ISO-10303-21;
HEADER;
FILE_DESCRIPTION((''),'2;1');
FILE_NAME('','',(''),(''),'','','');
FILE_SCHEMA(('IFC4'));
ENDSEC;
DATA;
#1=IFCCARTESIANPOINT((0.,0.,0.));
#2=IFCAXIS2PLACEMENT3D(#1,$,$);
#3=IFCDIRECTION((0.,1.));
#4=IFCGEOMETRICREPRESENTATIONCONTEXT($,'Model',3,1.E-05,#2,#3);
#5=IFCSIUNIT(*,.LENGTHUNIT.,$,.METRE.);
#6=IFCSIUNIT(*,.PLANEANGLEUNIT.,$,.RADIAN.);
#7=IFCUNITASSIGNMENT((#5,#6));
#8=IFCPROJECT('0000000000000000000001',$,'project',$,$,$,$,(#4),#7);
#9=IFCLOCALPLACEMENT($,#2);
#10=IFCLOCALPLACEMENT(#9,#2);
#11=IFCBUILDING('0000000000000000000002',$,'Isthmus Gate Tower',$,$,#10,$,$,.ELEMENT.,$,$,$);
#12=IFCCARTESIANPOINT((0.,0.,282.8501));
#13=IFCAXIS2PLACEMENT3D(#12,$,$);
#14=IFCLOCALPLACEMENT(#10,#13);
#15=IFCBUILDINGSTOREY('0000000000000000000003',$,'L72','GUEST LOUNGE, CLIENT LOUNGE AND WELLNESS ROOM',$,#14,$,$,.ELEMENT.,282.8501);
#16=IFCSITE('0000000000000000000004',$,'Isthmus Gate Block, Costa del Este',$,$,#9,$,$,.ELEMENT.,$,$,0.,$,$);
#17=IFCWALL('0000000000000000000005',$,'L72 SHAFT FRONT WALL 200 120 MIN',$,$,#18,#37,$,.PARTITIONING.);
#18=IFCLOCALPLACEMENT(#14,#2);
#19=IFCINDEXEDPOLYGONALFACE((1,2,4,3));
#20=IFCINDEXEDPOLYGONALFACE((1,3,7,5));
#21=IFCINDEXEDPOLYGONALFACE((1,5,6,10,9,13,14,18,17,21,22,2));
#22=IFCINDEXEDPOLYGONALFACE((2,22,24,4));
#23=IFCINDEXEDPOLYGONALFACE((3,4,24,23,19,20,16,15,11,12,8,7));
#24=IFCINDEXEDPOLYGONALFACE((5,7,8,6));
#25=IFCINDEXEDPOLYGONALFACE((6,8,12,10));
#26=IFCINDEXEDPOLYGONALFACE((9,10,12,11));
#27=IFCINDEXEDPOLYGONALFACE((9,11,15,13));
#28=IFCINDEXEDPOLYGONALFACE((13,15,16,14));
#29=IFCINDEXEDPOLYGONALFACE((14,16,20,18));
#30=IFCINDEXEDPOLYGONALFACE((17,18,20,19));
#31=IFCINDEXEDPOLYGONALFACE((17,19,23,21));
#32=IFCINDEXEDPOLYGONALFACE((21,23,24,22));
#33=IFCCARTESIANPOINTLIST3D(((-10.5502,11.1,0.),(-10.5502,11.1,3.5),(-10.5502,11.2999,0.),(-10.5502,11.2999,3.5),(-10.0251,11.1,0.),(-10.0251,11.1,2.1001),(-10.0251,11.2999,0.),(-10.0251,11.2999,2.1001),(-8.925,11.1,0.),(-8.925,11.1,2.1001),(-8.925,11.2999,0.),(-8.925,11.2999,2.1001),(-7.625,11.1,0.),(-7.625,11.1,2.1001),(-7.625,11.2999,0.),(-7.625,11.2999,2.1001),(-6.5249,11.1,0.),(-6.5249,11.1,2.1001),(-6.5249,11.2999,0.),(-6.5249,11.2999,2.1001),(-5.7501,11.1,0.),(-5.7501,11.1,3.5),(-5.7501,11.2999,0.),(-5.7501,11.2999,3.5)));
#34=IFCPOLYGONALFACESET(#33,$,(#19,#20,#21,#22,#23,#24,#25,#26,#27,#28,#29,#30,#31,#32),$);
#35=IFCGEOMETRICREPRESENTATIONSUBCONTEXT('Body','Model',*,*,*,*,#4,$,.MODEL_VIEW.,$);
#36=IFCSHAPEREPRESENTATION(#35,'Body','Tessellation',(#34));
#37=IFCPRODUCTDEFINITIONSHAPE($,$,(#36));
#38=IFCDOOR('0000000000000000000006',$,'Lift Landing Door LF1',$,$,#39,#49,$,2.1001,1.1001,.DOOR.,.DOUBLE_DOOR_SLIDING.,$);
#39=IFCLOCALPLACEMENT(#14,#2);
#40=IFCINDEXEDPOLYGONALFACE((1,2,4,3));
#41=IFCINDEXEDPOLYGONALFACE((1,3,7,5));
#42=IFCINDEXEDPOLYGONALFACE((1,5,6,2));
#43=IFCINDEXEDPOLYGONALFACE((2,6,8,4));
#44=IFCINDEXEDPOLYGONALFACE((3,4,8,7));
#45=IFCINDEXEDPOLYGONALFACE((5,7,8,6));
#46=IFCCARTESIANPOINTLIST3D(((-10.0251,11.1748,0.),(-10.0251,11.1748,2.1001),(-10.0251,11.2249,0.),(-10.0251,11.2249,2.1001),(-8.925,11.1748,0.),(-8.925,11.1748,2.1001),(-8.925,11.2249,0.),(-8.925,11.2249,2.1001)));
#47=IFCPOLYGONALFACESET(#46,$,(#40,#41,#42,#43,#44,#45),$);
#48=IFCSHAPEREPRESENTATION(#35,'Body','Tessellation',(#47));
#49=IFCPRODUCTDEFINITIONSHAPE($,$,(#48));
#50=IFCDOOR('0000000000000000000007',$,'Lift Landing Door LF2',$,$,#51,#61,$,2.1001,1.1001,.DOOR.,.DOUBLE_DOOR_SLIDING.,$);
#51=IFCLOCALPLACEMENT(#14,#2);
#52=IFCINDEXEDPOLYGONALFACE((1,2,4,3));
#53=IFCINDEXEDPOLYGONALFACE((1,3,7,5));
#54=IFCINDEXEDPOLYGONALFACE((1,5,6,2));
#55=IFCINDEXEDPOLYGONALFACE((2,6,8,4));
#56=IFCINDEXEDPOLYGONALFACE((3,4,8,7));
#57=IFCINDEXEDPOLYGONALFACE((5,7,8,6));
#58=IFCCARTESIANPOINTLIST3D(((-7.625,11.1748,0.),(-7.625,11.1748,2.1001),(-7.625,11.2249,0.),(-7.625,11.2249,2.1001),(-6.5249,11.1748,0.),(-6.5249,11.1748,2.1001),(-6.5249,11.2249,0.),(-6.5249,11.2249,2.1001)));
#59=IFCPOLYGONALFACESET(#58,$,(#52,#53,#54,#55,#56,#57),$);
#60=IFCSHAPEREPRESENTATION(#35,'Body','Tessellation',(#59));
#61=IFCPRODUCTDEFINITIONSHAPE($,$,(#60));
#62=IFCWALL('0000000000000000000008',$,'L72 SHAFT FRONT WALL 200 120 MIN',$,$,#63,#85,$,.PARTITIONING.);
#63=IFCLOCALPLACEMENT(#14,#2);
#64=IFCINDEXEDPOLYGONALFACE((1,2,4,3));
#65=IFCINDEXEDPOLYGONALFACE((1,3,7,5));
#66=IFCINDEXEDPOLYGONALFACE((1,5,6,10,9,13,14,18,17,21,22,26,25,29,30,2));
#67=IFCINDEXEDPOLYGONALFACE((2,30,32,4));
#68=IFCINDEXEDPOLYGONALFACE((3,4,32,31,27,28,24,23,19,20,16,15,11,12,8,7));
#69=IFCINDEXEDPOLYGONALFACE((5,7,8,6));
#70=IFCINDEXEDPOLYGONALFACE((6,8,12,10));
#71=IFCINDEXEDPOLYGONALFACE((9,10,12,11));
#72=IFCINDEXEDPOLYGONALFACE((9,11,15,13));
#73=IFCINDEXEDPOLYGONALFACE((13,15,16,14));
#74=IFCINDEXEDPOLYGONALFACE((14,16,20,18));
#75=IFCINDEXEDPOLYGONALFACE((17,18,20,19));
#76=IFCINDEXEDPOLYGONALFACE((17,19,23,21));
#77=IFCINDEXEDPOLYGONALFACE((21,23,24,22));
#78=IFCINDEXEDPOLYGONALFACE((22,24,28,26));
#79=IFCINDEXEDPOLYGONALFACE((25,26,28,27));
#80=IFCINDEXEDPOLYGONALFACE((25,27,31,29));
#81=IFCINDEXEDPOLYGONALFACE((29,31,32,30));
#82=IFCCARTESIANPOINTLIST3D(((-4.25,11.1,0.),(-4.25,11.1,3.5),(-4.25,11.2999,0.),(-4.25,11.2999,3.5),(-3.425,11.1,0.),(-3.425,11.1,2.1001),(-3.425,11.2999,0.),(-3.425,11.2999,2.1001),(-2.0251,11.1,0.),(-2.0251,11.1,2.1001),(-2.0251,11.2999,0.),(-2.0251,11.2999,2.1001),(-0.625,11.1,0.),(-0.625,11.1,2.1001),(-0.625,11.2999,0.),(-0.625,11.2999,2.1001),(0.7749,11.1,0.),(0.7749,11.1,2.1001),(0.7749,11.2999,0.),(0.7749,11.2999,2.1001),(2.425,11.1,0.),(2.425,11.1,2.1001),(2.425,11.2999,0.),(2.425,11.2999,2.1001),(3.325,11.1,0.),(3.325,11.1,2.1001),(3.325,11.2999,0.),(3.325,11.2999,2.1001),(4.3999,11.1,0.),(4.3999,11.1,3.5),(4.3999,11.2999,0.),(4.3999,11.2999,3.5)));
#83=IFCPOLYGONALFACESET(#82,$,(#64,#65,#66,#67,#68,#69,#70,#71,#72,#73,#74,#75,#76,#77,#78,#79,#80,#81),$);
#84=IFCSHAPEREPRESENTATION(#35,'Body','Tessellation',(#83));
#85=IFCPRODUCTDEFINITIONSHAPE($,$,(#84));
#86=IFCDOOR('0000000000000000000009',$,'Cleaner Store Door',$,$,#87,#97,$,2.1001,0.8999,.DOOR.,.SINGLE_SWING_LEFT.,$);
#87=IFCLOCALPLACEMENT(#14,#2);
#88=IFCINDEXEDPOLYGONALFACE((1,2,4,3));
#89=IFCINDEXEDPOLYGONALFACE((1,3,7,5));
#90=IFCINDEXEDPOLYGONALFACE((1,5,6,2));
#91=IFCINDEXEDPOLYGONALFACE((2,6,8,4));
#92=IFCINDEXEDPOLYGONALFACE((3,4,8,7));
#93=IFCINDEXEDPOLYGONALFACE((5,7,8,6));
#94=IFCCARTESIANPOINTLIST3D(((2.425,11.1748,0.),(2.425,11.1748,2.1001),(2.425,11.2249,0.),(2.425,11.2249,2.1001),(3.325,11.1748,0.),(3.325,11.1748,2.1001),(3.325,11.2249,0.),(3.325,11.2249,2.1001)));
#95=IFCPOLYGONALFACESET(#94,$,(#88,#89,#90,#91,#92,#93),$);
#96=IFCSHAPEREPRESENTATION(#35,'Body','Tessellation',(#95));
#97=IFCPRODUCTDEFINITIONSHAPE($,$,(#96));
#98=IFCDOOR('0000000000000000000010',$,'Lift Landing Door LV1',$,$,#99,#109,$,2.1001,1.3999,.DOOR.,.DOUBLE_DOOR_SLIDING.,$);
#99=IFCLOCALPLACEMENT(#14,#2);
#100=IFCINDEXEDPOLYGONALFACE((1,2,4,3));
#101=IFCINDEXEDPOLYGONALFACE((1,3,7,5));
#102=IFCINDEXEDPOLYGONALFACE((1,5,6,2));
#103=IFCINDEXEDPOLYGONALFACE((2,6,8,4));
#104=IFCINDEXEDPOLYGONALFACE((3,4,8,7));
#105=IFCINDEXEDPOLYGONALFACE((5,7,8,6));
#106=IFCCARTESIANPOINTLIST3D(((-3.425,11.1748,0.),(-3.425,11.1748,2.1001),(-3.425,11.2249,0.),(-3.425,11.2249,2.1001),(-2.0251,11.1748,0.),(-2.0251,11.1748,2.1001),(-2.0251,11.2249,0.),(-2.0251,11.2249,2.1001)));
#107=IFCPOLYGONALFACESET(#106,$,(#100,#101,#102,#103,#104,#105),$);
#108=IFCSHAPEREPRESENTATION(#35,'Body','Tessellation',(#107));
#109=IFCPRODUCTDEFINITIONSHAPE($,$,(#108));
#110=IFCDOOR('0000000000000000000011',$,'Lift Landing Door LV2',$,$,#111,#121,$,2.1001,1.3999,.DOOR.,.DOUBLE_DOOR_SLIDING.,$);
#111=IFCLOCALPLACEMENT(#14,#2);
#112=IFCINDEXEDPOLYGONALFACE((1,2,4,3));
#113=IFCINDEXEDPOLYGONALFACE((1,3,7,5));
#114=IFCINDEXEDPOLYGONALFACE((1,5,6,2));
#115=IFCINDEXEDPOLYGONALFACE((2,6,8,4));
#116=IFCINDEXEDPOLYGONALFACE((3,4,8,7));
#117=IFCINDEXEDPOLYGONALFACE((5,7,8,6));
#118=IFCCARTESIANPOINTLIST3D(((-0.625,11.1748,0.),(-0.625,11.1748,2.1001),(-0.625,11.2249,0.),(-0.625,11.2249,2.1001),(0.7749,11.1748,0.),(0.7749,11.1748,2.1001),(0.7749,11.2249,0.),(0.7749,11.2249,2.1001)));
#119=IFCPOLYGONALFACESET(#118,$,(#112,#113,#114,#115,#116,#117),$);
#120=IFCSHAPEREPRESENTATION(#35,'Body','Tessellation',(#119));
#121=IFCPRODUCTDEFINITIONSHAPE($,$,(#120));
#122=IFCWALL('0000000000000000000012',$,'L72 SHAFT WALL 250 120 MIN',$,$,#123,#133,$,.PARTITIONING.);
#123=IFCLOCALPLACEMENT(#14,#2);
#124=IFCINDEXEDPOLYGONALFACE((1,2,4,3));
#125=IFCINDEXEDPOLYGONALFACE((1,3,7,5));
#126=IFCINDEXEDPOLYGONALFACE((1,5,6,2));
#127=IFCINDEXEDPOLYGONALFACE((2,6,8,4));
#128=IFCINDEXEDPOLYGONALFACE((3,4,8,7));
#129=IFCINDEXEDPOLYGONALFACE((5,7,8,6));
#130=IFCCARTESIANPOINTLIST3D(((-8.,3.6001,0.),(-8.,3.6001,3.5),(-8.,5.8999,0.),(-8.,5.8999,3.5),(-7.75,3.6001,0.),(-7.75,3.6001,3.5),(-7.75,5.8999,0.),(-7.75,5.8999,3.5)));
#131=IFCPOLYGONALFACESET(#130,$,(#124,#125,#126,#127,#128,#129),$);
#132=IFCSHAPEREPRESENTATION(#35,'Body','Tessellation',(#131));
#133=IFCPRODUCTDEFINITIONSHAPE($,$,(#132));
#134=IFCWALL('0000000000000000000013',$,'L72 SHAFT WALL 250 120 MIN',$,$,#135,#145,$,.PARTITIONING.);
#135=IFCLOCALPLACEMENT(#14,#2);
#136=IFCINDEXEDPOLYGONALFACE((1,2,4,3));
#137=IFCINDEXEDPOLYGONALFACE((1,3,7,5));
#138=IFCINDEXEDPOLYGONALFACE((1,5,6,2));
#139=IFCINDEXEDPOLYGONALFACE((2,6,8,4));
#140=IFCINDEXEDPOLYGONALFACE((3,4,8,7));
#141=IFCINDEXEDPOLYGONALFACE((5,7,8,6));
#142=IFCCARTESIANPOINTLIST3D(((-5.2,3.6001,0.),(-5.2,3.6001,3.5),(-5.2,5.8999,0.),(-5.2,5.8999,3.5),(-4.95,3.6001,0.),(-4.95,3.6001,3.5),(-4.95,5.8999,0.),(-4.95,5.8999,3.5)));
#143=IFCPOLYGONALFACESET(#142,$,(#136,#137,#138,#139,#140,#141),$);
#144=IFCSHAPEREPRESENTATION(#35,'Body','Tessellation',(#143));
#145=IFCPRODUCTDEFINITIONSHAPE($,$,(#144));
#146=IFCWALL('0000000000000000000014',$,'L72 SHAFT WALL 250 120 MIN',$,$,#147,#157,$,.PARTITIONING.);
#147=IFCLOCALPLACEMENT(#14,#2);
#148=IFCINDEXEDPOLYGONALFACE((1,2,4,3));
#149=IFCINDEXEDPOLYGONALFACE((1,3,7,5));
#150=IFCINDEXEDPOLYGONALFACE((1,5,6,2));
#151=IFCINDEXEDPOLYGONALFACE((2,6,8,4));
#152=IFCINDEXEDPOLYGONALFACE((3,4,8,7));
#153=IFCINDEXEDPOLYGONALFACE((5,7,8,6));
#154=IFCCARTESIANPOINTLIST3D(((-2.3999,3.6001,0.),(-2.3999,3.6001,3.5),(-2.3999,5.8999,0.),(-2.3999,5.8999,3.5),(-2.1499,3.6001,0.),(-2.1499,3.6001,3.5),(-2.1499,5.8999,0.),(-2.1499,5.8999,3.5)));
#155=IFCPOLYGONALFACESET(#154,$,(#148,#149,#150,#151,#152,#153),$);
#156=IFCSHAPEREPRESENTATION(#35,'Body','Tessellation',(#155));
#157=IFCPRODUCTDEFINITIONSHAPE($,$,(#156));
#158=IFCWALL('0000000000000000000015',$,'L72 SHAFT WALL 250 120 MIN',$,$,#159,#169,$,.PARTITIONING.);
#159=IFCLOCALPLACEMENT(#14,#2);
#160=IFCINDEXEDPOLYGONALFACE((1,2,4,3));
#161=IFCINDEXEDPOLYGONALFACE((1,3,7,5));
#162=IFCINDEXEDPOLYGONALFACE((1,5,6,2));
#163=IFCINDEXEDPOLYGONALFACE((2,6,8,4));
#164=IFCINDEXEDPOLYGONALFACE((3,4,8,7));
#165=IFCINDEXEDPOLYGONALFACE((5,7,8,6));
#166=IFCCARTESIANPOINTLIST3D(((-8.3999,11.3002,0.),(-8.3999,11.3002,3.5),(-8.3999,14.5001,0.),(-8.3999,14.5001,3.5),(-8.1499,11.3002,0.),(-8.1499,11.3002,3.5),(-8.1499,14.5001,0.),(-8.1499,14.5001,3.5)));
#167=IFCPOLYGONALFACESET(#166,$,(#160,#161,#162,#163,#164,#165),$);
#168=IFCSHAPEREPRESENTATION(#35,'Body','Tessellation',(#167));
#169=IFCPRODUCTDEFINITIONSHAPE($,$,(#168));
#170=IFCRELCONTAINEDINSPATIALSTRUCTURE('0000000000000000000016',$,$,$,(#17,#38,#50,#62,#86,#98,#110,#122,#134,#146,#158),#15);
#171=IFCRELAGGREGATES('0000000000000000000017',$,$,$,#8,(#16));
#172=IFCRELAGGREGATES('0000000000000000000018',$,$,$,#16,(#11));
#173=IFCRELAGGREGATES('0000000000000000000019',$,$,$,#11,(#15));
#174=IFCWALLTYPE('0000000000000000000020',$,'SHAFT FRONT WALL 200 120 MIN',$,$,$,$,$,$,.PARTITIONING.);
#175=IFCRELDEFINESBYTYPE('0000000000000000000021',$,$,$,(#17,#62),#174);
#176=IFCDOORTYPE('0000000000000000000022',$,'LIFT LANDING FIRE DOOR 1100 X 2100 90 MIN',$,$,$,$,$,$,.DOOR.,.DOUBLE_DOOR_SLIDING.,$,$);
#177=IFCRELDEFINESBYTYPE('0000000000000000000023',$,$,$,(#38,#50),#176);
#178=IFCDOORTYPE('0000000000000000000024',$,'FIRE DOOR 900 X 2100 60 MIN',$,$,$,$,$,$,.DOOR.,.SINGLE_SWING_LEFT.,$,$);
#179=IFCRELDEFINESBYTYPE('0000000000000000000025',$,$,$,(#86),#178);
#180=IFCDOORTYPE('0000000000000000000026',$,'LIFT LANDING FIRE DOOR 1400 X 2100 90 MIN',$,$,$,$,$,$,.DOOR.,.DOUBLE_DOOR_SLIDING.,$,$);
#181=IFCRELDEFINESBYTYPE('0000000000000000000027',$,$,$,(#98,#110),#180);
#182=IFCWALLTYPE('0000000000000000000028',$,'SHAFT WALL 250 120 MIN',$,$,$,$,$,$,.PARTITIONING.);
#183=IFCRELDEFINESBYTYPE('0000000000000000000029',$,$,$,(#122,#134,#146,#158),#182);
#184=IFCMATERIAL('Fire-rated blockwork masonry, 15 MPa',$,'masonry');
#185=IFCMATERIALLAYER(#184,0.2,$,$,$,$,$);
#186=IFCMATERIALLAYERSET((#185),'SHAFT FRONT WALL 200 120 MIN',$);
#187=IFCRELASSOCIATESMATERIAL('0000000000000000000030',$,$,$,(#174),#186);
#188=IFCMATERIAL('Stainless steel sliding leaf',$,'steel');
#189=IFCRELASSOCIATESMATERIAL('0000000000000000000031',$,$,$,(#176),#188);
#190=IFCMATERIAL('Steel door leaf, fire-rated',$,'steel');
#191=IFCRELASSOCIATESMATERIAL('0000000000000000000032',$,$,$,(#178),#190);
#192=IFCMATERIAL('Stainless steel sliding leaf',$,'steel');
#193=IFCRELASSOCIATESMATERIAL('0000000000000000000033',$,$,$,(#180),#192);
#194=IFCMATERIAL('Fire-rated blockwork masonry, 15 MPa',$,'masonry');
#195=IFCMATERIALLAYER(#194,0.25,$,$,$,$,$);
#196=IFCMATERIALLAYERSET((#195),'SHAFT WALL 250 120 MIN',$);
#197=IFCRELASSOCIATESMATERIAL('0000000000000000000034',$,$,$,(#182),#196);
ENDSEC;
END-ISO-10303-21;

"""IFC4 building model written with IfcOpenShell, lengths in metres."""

from ifc_helpers import new_model, si_unit, direction, frame, frame_2d, origin, place, context, subcontext, project, spatial, rectangle, extrude, material, layer, layer_set, type_object, element, fill, save


model = new_model("IFC4")

# Units and contexts
model_context = context("Model", 3, precision=1e-05, world=origin(), true_north=direction((0.0, 1.0)))
body_context = subcontext(model_context, "Body", "Model", "MODEL_VIEW")
ifc_project = project(units=[si_unit("LENGTHUNIT", "METRE"), si_unit("PLANEANGLEUNIT", "RADIAN")], contexts=[model_context])

# Site, building, storey
site_placement = place(None, origin())
site = spatial("IfcSite", under=ifc_project, at=site_placement, Name="Isthmus Gate Block, Costa del Este", CompositionType="ELEMENT", RefElevation=0.0)
building_placement = place(site_placement, origin())
building = spatial("IfcBuilding", under=site, at=building_placement, Name="Isthmus Gate Tower", CompositionType="ELEMENT")
storey_placement = place(building_placement, frame((0.0, 0.0, 282.8501)))
storey = spatial("IfcBuildingStorey", under=building, at=storey_placement, Name="L72", Description="GUEST LOUNGE, CLIENT LOUNGE AND WELLNESS ROOM", CompositionType="ELEMENT", Elevation=282.8501)

# Walls, openings, doors
ifc_material_1 = material(Name="Fire-rated blockwork masonry, 15 MPa", Category="masonry")
ifc_layer_1 = layer(ifc_material_1, 0.2)
ifc_layer_set_1 = layer_set([ifc_layer_1], Name="SHAFT FRONT WALL 200 120 MIN")
wall_type_1 = type_object("IfcWallType", Name="SHAFT FRONT WALL 200 120 MIN", PredefinedType="PARTITIONING", material=ifc_layer_set_1)
wall_1_placement = place(storey_placement, frame((-10.55, 11.2, 0.0), z_axis=(0.0, 0.0, 1.0), x_axis=(1.0, 0.0, 0.0)))
wall_1 = element("IfcWall", 1, at=wall_1_placement, inside=storey, type_object=wall_type_1, Name="L72 SHAFT FRONT WALL 200 120 MIN", PredefinedType="PARTITIONING", context=body_context, shape_type="SweptSolid", body=[
    extrude(rectangle(XDim=4.8, YDim=0.2, at=frame_2d((2.3999, 0.0))), origin(), (0.0, 0.0, 1.0), 3.5),
])
opening_1_placement = place(wall_1_placement, frame((0.5249, 0.0, 0.0)))
opening_1 = element("IfcOpeningElement", 2, at=opening_1_placement, cuts=wall_1, PredefinedType="OPENING", context=body_context, shape_type="SweptSolid", body=[
    extrude(rectangle(XDim=1.1001, YDim=2.1001, at=frame_2d((0.55, 1.05))), frame((0.0, 0.1099, 0.0), z_axis=(0.0, -1.0, 0.0), x_axis=(1.0, 0.0, 0.0)), (0.0, 0.0, 1.0), 0.22),
])
opening_2_placement = place(wall_1_placement, frame((2.925, 0.0, 0.0)))
opening_2 = element("IfcOpeningElement", 3, at=opening_2_placement, cuts=wall_1, PredefinedType="OPENING", context=body_context, shape_type="SweptSolid", body=[
    extrude(rectangle(XDim=1.1001, YDim=2.1001, at=frame_2d((0.55, 1.05))), frame((0.0, 0.1099, 0.0), z_axis=(0.0, -1.0, 0.0), x_axis=(1.0, 0.0, 0.0)), (0.0, 0.0, 1.0), 0.22),
])
ifc_material_2 = material(Name="Stainless steel sliding leaf", Category="steel")
door_type_1 = type_object("IfcDoorType", Name="LIFT LANDING FIRE DOOR 1100 X 2100 90 MIN", OperationType="DOUBLE_DOOR_SLIDING", PredefinedType="DOOR", material=ifc_material_2)
door_1_placement = place(opening_1_placement, origin())
door_1 = element("IfcDoor", 4, at=door_1_placement, inside=storey, type_object=door_type_1, Name="Lift Landing Door LF1", OperationType="DOUBLE_DOOR_SLIDING", OverallHeight=2.1001, OverallWidth=1.1001, PredefinedType="DOOR", context=body_context, shape_type="SweptSolid", body=[
    extrude(rectangle(XDim=1.1001, YDim=2.1001, at=frame_2d((0.55, 1.05))), frame((0.0, 0.0249, 0.0), z_axis=(0.0, -1.0, 0.0), x_axis=(1.0, 0.0, 0.0)), (0.0, 0.0, 1.0), 0.05),
])
fill(opening_1, door_1)
door_2_placement = place(opening_2_placement, origin())
door_2 = element("IfcDoor", 5, at=door_2_placement, inside=storey, type_object=door_type_1, Name="Lift Landing Door LF2", OperationType="DOUBLE_DOOR_SLIDING", OverallHeight=2.1001, OverallWidth=1.1001, PredefinedType="DOOR", context=body_context, shape_type="SweptSolid", body=[
    extrude(rectangle(XDim=1.1001, YDim=2.1001, at=frame_2d((0.55, 1.05))), frame((0.0, 0.0249, 0.0), z_axis=(0.0, -1.0, 0.0), x_axis=(1.0, 0.0, 0.0)), (0.0, 0.0, 1.0), 0.05),
])
fill(opening_2, door_2)
wall_2_placement = place(storey_placement, frame((-4.25, 11.2, 0.0), z_axis=(0.0, 0.0, 1.0), x_axis=(1.0, 0.0, 0.0)))
wall_2 = element("IfcWall", 6, at=wall_2_placement, inside=storey, type_object=wall_type_1, Name="L72 SHAFT FRONT WALL 200 120 MIN", PredefinedType="PARTITIONING", context=body_context, shape_type="SweptSolid", body=[
    extrude(rectangle(XDim=8.6499, YDim=0.2, at=frame_2d((4.325, 0.0))), origin(), (0.0, 0.0, 1.0), 3.5),
])
opening_3_placement = place(wall_2_placement, frame((0.825, 0.0, 0.0)))
opening_3 = element("IfcOpeningElement", 7, at=opening_3_placement, cuts=wall_2, PredefinedType="OPENING", context=body_context, shape_type="SweptSolid", body=[
    extrude(rectangle(XDim=1.3999, YDim=2.1001, at=frame_2d((0.7, 1.05))), frame((0.0, 0.1099, 0.0), z_axis=(0.0, -1.0, 0.0), x_axis=(1.0, 0.0, 0.0)), (0.0, 0.0, 1.0), 0.22),
])
opening_4_placement = place(wall_2_placement, frame((3.625, 0.0, 0.0)))
opening_4 = element("IfcOpeningElement", 8, at=opening_4_placement, cuts=wall_2, PredefinedType="OPENING", context=body_context, shape_type="SweptSolid", body=[
    extrude(rectangle(XDim=1.3999, YDim=2.1001, at=frame_2d((0.7, 1.05))), frame((0.0, 0.1099, 0.0), z_axis=(0.0, -1.0, 0.0), x_axis=(1.0, 0.0, 0.0)), (0.0, 0.0, 1.0), 0.22),
])
opening_5_placement = place(wall_2_placement, frame((6.675, 0.0, 0.0)))
opening_5 = element("IfcOpeningElement", 9, at=opening_5_placement, cuts=wall_2, PredefinedType="OPENING", context=body_context, shape_type="SweptSolid", body=[
    extrude(rectangle(XDim=0.8999, YDim=2.1001, at=frame_2d((0.45, 1.05))), frame((0.0, 0.1099, 0.0), z_axis=(0.0, -1.0, 0.0), x_axis=(1.0, 0.0, 0.0)), (0.0, 0.0, 1.0), 0.22),
])
ifc_material_3 = material(Name="Steel door leaf, fire-rated", Category="steel")
door_type_2 = type_object("IfcDoorType", Name="FIRE DOOR 900 X 2100 60 MIN", OperationType="SINGLE_SWING_LEFT", PredefinedType="DOOR", material=ifc_material_3)
door_3_placement = place(opening_5_placement, origin())
door_3 = element("IfcDoor", 10, at=door_3_placement, inside=storey, type_object=door_type_2, Name="Cleaner Store Door", OperationType="SINGLE_SWING_LEFT", OverallHeight=2.1001, OverallWidth=0.8999, PredefinedType="DOOR", context=body_context, shape_type="SweptSolid", body=[
    extrude(rectangle(XDim=0.8999, YDim=2.1001, at=frame_2d((0.45, 1.05))), frame((0.0, 0.0249, 0.0), z_axis=(0.0, -1.0, 0.0), x_axis=(1.0, 0.0, 0.0)), (0.0, 0.0, 1.0), 0.05),
])
fill(opening_5, door_3)
ifc_material_4 = material(Name="Stainless steel sliding leaf", Category="steel")
door_type_3 = type_object("IfcDoorType", Name="LIFT LANDING FIRE DOOR 1400 X 2100 90 MIN", OperationType="DOUBLE_DOOR_SLIDING", PredefinedType="DOOR", material=ifc_material_4)
door_4_placement = place(opening_3_placement, origin())
door_4 = element("IfcDoor", 11, at=door_4_placement, inside=storey, type_object=door_type_3, Name="Lift Landing Door LV1", OperationType="DOUBLE_DOOR_SLIDING", OverallHeight=2.1001, OverallWidth=1.3999, PredefinedType="DOOR", context=body_context, shape_type="SweptSolid", body=[
    extrude(rectangle(XDim=1.3999, YDim=2.1001, at=frame_2d((0.7, 1.05))), frame((0.0, 0.0249, 0.0), z_axis=(0.0, -1.0, 0.0), x_axis=(1.0, 0.0, 0.0)), (0.0, 0.0, 1.0), 0.05),
])
fill(opening_3, door_4)
door_5_placement = place(opening_4_placement, origin())
door_5 = element("IfcDoor", 12, at=door_5_placement, inside=storey, type_object=door_type_3, Name="Lift Landing Door LV2", OperationType="DOUBLE_DOOR_SLIDING", OverallHeight=2.1001, OverallWidth=1.3999, PredefinedType="DOOR", context=body_context, shape_type="SweptSolid", body=[
    extrude(rectangle(XDim=1.3999, YDim=2.1001, at=frame_2d((0.7, 1.05))), frame((0.0, 0.0249, 0.0), z_axis=(0.0, -1.0, 0.0), x_axis=(1.0, 0.0, 0.0)), (0.0, 0.0, 1.0), 0.05),
])
fill(opening_4, door_5)

# Walls
ifc_material_5 = material(Name="Fire-rated blockwork masonry, 15 MPa", Category="masonry")
ifc_layer_2 = layer(ifc_material_5, 0.25)
ifc_layer_set_2 = layer_set([ifc_layer_2], Name="SHAFT WALL 250 120 MIN")
wall_type_2 = type_object("IfcWallType", Name="SHAFT WALL 250 120 MIN", PredefinedType="PARTITIONING", material=ifc_layer_set_2)
for number, where, z_axis, x_axis, name in (
    (13, (-7.875, 3.6001, 0.0), (0.0, 0.0, 1.0), (0.0, 1.0, 0.0), "L72 SHAFT WALL 250 120 MIN"),
    (14, (-5.075, 3.6001, 0.0), (0.0, 0.0, 1.0), (0.0, 1.0, 0.0), "L72 SHAFT WALL 250 120 MIN"),
    (15, (-2.2749, 3.6001, 0.0), (0.0, 0.0, 1.0), (0.0, 1.0, 0.0), "L72 SHAFT WALL 250 120 MIN"),
):
    element("IfcWall", number, at=place(storey_placement, frame(where, z_axis=z_axis, x_axis=x_axis)), inside=storey, type_object=wall_type_2, Name=name, PredefinedType="PARTITIONING", context=body_context, shape_type="SweptSolid", body=[
        extrude(rectangle(XDim=2.2998, YDim=0.25, at=frame_2d((1.1499, 0.0))), origin(), (0.0, 0.0, 1.0), 3.5),
    ])
for number, where, z_axis, x_axis, name in (
    (16, (-8.2749, 11.3, 0.0), (0.0, 0.0, 1.0), (0.0, 1.0, 0.0), "L72 SHAFT WALL 250 120 MIN"),
):
    element("IfcWall", number, at=place(storey_placement, frame(where, z_axis=z_axis, x_axis=x_axis)), inside=storey, type_object=wall_type_2, Name=name, PredefinedType="PARTITIONING", context=body_context, shape_type="SweptSolid", body=[
        extrude(rectangle(XDim=3.2, YDim=0.25, at=frame_2d((1.6001, 0.0))), origin(), (0.0, 0.0, 1.0), 3.5),
    ])

save(model, "model.ifc")
